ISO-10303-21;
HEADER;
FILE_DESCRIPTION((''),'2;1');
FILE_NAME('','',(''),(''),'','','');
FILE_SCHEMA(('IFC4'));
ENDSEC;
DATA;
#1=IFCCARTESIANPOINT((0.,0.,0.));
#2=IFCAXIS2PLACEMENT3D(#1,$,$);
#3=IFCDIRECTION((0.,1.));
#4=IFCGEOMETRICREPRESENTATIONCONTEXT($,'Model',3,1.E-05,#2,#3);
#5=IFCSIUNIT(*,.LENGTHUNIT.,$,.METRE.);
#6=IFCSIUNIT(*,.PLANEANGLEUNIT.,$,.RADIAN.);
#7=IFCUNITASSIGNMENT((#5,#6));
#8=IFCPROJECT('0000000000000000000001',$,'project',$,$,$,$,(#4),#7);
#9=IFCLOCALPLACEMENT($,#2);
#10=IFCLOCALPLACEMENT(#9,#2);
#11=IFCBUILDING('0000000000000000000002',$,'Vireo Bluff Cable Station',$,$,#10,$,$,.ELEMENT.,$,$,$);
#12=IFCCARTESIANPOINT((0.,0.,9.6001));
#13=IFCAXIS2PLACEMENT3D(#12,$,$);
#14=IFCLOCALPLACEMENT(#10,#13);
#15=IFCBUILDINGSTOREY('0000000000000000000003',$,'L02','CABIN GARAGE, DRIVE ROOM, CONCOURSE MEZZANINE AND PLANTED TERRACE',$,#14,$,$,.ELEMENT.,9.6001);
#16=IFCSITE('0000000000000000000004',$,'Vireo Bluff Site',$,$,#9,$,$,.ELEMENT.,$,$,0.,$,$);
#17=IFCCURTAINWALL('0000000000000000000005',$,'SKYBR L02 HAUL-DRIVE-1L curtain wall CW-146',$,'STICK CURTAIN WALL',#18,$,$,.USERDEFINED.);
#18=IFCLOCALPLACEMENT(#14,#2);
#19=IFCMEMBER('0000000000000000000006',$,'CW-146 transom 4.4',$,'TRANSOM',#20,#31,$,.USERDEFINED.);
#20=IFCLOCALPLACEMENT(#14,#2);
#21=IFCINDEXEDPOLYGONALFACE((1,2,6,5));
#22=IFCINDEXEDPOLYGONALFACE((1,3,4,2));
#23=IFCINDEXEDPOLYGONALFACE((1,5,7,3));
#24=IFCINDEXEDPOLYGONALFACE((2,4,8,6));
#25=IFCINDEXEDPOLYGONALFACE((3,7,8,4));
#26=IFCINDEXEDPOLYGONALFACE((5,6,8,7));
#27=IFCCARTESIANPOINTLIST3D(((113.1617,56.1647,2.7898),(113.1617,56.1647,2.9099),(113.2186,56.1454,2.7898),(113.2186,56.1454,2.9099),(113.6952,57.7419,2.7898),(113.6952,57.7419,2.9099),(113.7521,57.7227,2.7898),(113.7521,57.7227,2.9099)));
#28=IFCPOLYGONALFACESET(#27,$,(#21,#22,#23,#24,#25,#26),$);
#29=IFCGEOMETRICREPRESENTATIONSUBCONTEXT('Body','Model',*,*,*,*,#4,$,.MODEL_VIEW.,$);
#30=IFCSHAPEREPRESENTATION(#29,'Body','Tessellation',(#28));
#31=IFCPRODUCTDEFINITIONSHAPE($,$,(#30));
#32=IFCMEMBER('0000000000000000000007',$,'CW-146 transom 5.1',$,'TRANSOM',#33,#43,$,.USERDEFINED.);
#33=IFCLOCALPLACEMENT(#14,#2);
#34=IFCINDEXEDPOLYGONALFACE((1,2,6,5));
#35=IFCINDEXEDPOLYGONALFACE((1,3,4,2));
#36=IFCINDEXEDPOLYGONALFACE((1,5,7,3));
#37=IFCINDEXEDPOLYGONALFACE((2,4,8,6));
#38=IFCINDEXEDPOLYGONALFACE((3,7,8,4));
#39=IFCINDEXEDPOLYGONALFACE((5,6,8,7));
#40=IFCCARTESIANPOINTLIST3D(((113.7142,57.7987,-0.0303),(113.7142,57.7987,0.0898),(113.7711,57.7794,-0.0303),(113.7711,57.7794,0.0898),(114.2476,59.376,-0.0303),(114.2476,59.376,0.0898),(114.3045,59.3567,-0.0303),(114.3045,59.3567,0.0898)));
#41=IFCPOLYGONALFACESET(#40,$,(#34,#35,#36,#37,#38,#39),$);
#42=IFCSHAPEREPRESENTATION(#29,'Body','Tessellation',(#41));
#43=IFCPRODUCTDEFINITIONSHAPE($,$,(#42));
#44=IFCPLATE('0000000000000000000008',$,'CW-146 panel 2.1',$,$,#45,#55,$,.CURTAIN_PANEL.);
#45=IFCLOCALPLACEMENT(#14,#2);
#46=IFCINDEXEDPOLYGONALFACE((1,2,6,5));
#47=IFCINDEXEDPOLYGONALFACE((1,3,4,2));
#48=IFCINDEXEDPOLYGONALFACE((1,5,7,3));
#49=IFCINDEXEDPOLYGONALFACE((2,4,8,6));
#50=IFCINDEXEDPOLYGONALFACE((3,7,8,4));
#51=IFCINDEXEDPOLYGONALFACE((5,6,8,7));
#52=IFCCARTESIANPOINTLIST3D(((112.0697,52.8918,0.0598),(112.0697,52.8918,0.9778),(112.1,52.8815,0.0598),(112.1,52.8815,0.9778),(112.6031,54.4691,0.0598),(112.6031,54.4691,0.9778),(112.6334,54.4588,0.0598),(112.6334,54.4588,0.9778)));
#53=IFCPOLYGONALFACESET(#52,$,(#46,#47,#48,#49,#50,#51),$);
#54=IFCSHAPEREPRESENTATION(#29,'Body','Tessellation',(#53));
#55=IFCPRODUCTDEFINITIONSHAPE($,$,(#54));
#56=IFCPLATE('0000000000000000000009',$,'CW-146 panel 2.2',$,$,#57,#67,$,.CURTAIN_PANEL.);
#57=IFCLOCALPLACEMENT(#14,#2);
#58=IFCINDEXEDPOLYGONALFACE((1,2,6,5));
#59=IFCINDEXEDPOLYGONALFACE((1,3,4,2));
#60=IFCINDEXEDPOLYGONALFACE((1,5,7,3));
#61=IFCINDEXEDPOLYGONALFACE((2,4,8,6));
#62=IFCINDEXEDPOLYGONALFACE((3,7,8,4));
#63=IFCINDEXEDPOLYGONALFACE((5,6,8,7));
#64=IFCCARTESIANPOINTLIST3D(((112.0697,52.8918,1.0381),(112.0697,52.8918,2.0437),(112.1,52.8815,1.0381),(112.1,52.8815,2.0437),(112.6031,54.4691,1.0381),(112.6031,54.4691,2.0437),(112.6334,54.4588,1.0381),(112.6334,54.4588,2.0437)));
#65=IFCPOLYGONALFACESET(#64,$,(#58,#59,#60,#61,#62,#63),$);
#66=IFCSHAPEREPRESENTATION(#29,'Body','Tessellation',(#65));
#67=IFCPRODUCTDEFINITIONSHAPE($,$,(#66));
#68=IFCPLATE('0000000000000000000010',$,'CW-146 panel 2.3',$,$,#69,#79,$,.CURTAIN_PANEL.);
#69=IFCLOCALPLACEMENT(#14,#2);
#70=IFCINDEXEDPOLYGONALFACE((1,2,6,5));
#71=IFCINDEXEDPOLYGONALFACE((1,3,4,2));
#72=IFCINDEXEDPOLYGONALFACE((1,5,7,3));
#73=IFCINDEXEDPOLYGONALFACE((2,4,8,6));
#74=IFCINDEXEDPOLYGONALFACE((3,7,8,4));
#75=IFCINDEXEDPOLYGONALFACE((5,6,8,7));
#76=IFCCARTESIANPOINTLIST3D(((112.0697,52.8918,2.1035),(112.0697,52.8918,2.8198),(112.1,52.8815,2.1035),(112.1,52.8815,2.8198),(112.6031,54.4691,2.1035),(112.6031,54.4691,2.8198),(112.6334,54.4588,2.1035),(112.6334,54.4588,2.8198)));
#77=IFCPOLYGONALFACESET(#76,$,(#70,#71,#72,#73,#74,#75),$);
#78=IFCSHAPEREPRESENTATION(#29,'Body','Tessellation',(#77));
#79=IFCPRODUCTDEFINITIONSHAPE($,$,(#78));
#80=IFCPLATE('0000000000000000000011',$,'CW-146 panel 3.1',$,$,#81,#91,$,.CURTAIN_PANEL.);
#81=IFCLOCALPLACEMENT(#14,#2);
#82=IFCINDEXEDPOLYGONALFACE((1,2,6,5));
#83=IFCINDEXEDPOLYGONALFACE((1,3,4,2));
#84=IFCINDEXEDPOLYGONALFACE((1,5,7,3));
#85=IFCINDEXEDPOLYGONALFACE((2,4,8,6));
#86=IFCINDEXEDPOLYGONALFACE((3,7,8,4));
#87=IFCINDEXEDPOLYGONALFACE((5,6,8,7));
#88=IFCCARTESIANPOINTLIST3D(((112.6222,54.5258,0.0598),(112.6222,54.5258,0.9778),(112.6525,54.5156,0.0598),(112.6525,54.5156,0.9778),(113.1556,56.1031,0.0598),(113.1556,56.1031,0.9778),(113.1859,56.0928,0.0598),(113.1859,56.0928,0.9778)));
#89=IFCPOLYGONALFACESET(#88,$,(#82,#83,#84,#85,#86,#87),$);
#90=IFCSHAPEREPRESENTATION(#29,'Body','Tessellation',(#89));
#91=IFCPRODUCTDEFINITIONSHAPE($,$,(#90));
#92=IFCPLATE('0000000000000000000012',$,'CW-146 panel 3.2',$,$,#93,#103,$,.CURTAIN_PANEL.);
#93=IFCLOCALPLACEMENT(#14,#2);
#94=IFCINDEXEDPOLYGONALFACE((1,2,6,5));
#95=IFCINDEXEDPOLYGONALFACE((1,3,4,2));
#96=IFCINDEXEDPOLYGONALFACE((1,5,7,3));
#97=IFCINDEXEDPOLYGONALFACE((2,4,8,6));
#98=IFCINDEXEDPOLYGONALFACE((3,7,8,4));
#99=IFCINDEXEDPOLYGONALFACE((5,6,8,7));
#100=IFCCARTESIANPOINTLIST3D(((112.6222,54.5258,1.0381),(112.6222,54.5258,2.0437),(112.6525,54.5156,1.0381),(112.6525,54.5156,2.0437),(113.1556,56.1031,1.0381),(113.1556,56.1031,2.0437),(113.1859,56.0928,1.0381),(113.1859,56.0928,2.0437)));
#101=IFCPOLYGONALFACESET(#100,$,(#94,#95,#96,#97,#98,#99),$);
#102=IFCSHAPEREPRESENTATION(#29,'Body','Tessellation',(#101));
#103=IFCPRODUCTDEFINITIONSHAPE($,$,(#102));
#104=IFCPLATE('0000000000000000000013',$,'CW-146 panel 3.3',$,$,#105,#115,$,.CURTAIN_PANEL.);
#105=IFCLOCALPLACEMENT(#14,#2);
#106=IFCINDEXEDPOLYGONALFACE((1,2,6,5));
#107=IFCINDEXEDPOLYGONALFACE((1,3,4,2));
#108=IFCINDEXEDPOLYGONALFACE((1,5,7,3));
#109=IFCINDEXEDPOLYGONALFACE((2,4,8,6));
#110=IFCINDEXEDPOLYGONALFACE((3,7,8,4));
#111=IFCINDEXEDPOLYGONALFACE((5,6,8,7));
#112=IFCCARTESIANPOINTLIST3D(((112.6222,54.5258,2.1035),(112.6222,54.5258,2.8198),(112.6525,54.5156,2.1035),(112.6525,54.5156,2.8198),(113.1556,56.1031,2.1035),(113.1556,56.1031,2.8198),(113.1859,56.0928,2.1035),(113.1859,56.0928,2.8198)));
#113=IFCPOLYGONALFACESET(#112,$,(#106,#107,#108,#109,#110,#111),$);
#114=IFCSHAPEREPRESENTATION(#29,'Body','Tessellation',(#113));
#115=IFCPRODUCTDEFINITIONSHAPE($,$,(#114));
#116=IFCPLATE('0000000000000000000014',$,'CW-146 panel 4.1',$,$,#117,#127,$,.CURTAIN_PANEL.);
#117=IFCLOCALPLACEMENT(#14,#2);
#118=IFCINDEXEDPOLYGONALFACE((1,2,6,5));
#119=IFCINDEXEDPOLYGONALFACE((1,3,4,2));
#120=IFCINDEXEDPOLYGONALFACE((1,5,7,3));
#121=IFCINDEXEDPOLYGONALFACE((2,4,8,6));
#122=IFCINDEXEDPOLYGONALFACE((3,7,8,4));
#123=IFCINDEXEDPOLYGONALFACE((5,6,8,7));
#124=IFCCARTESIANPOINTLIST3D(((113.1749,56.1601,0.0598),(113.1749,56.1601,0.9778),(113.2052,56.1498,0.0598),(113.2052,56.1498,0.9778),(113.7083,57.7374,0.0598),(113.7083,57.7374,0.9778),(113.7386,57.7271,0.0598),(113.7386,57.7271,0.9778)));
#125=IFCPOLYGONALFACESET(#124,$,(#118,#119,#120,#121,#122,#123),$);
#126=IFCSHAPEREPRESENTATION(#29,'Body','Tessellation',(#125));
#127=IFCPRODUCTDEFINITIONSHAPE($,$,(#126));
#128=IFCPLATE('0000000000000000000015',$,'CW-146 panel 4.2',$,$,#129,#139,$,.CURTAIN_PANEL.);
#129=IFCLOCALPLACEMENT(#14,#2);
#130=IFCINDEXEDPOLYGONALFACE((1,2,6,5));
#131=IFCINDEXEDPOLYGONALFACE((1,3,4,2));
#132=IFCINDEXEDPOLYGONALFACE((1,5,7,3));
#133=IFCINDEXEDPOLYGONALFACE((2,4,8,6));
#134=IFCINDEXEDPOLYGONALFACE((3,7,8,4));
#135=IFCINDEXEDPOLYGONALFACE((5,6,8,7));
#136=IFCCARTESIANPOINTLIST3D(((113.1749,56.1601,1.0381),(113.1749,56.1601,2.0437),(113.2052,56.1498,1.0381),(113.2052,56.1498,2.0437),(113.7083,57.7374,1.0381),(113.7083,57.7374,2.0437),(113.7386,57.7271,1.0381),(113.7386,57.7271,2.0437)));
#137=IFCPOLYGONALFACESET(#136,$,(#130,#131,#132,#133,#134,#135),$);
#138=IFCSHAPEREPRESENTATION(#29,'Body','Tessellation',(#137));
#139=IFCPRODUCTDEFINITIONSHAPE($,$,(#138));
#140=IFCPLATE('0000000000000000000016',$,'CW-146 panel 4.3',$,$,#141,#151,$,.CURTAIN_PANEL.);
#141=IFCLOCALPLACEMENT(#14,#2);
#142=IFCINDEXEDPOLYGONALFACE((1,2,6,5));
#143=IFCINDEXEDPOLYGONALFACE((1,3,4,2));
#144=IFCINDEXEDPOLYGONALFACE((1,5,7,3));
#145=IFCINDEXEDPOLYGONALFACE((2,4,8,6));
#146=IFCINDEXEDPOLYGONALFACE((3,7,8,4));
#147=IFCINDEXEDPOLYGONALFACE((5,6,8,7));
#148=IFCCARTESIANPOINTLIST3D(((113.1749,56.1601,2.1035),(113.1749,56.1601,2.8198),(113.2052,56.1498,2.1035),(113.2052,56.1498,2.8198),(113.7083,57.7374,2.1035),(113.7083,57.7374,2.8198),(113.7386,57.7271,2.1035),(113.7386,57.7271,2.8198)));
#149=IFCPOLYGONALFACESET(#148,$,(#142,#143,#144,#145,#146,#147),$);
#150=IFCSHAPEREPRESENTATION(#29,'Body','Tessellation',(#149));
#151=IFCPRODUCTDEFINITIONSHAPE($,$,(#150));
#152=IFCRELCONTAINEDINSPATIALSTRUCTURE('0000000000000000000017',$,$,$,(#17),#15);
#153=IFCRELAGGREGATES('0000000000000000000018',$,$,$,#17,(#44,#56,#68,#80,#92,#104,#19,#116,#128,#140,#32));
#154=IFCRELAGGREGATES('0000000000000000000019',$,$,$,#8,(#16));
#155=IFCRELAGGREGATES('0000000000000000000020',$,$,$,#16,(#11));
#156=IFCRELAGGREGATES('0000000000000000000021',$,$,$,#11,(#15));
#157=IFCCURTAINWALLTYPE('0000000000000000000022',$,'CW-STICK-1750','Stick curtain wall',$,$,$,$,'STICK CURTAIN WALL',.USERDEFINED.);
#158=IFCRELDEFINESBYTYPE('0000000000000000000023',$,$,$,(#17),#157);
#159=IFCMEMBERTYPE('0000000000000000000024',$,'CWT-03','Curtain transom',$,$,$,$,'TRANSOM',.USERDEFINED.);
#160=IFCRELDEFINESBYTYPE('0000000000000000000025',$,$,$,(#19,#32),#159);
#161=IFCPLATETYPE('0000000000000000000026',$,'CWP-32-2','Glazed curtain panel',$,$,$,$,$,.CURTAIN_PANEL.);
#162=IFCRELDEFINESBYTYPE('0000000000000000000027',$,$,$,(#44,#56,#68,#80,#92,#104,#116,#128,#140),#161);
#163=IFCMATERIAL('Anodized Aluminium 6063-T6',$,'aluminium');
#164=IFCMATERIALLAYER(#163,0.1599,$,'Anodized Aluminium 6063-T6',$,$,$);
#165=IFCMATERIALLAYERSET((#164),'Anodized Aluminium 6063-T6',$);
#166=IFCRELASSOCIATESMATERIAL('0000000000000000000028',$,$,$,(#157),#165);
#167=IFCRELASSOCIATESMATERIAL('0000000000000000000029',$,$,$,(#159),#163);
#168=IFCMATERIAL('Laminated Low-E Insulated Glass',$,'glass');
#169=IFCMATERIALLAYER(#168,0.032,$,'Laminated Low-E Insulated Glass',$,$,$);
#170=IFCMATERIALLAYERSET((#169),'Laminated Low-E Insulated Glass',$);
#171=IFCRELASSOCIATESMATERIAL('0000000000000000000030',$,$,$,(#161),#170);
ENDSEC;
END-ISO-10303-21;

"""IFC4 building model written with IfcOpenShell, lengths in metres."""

from ifc_helpers import new_model, si_unit, direction, frame, origin, origin_2d, place, context, subcontext, project, spatial, rectangle, extrude, material, layer, layer_set, material_profile, profile_set, type_object, element, aggregate, save


model = new_model("IFC4")

# Units and contexts
model_context = context("Model", 3, precision=1e-05, world=origin(), true_north=direction((0.0, 1.0)))
body_context = subcontext(model_context, "Body", "Model", "MODEL_VIEW")
ifc_project = project(units=[si_unit("LENGTHUNIT", "METRE"), si_unit("PLANEANGLEUNIT", "RADIAN")], contexts=[model_context])

# Site, building, storey
site_placement = place(None, origin())
site = spatial("IfcSite", under=ifc_project, at=site_placement, Name="Vireo Bluff Site", CompositionType="ELEMENT", RefElevation=0.0)
building_placement = place(site_placement, origin())
building = spatial("IfcBuilding", under=site, at=building_placement, Name="Vireo Bluff Cable Station", CompositionType="ELEMENT")
storey_placement = place(building_placement, frame((0.0, 0.0, 9.6001)))
storey = spatial("IfcBuildingStorey", under=building, at=storey_placement, Name="L02", Description="CABIN GARAGE, DRIVE ROOM, CONCOURSE MEZZANINE AND PLANTED TERRACE", CompositionType="ELEMENT", Elevation=9.6001)

# Curtain wall, members, plates
ifc_material_1 = material(Name="Anodized Aluminium 6063-T6", Category="aluminium")
ifc_layer_1 = layer(ifc_material_1, 0.1599, Name="Anodized Aluminium 6063-T6")
ifc_layer_set_1 = layer_set([ifc_layer_1], Name="Anodized Aluminium 6063-T6")
curtain_wall_type = type_object("IfcCurtainWallType", Name="CW-STICK-1750", Description="Stick curtain wall", ElementType="STICK CURTAIN WALL", PredefinedType="USERDEFINED", material=ifc_layer_set_1)
curtain_wall_placement = place(storey_placement, origin())
curtain_wall = element("IfcCurtainWall", 1, at=curtain_wall_placement, inside=storey, type_object=curtain_wall_type, Name="SKYBR L02 HAUL-DRIVE-1L curtain wall CW-146", ObjectType="STICK CURTAIN WALL", PredefinedType="USERDEFINED")
ifc_material_profile_1 = material_profile(ifc_material_1, rectangle(XDim=0.0601, YDim=0.1201, at=origin_2d()), Name="ALU-T-60X120")
ifc_profile_set_1 = profile_set([ifc_material_profile_1], Name="Anodized Aluminium 6063-T6")
member_type_1 = type_object("IfcMemberType", Name="CWT-03", Description="Curtain transom", ElementType="TRANSOM", PredefinedType="USERDEFINED", material=ifc_profile_set_1)
member_1_placement = place(storey_placement, frame((113.1902, 56.155, 2.8499), z_axis=(0.320404, 0.947281, 0.0), x_axis=(-0.947281, 0.320404, 0.0)))
member_1 = element("IfcMember", 2, at=member_1_placement, type_object=member_type_1, Name="CW-146 transom 4.4", ObjectType="TRANSOM", PredefinedType="USERDEFINED", context=body_context, shape_type="SweptSolid", body=[
    extrude(rectangle(XDim=0.0601, YDim=0.1201, at=origin_2d()), origin(), (0.0, 0.0, 1.0), 1.665),
])
member_2_placement = place(storey_placement, frame((113.7427, 57.7891, 0.0298), z_axis=(0.320359, 0.947296, 0.0), x_axis=(-0.947296, 0.320359, 0.0)))
member_2 = element("IfcMember", 3, at=member_2_placement, type_object=member_type_1, Name="CW-146 transom 5.1", ObjectType="TRANSOM", PredefinedType="USERDEFINED", context=body_context, shape_type="SweptSolid", body=[
    extrude(rectangle(XDim=0.0601, YDim=0.1201, at=origin_2d()), origin(), (0.0, 0.0, 1.0), 1.665),
])
ifc_material_2 = material(Name="Laminated Low-E Insulated Glass", Category="glass")
ifc_layer_2 = layer(ifc_material_2, 0.032, Name="Laminated Low-E Insulated Glass")
ifc_layer_set_2 = layer_set([ifc_layer_2], Name="Laminated Low-E Insulated Glass")
plate_type = type_object("IfcPlateType", Name="CWP-32-2", Description="Glazed curtain panel", PredefinedType="CURTAIN_PANEL", material=ifc_layer_set_2)
plate_1_placement = place(storey_placement, frame((112.3516, 53.6753, 0.0598), z_axis=(0.0, 0.0, 1.0), x_axis=(0.320364, 0.947295, 0.0)))
plate_1 = element("IfcPlate", 4, at=plate_1_placement, type_object=plate_type, Name="CW-146 panel 2.1", PredefinedType="CURTAIN_PANEL", context=body_context, shape_type="SweptSolid", body=[
    extrude(rectangle(XDim=1.665, YDim=0.032, at=origin_2d()), origin(), (0.0, 0.0, 1.0), 0.918),
])
plate_2_placement = place(storey_placement, frame((112.3516, 53.6753, 1.0381), z_axis=(0.0, 0.0, 1.0), x_axis=(0.320364, 0.947295, 0.0)))
plate_2 = element("IfcPlate", 5, at=plate_2_placement, type_object=plate_type, Name="CW-146 panel 2.2", PredefinedType="CURTAIN_PANEL", context=body_context, shape_type="SweptSolid", body=[
    extrude(rectangle(XDim=1.665, YDim=0.032, at=origin_2d()), origin(), (0.0, 0.0, 1.0), 1.0056),
])
plate_3_placement = place(storey_placement, frame((112.3516, 53.6753, 2.1035), z_axis=(0.0, 0.0, 1.0), x_axis=(0.320364, 0.947295, 0.0)))
plate_3 = element("IfcPlate", 6, at=plate_3_placement, type_object=plate_type, Name="CW-146 panel 2.3", PredefinedType="CURTAIN_PANEL", context=body_context, shape_type="SweptSolid", body=[
    extrude(rectangle(XDim=1.665, YDim=0.032, at=origin_2d()), origin(), (0.0, 0.0, 1.0), 0.7163),
])
plate_4_placement = place(storey_placement, frame((112.9041, 55.3093, 0.0598), z_axis=(0.0, 0.0, 1.0), x_axis=(0.320364, 0.947295, 0.0)))
plate_4 = element("IfcPlate", 7, at=plate_4_placement, type_object=plate_type, Name="CW-146 panel 3.1", PredefinedType="CURTAIN_PANEL", context=body_context, shape_type="SweptSolid", body=[
    extrude(rectangle(XDim=1.665, YDim=0.032, at=origin_2d()), origin(), (0.0, 0.0, 1.0), 0.918),
])
plate_5_placement = place(storey_placement, frame((112.9041, 55.3093, 1.0381), z_axis=(0.0, 0.0, 1.0), x_axis=(0.320364, 0.947295, 0.0)))
plate_5 = element("IfcPlate", 8, at=plate_5_placement, type_object=plate_type, Name="CW-146 panel 3.2", PredefinedType="CURTAIN_PANEL", context=body_context, shape_type="SweptSolid", body=[
    extrude(rectangle(XDim=1.665, YDim=0.032, at=origin_2d()), origin(), (0.0, 0.0, 1.0), 1.0056),
])
plate_6_placement = place(storey_placement, frame((112.9041, 55.3093, 2.1035), z_axis=(0.0, 0.0, 1.0), x_axis=(0.320364, 0.947295, 0.0)))
plate_6 = element("IfcPlate", 9, at=plate_6_placement, type_object=plate_type, Name="CW-146 panel 3.3", PredefinedType="CURTAIN_PANEL", context=body_context, shape_type="SweptSolid", body=[
    extrude(rectangle(XDim=1.665, YDim=0.032, at=origin_2d()), origin(), (0.0, 0.0, 1.0), 0.7163),
])
plate_7_placement = place(storey_placement, frame((113.4568, 56.9436, 0.0598), z_axis=(0.0, 0.0, 1.0), x_axis=(0.320364, 0.947295, 0.0)))
plate_7 = element("IfcPlate", 10, at=plate_7_placement, type_object=plate_type, Name="CW-146 panel 4.1", PredefinedType="CURTAIN_PANEL", context=body_context, shape_type="SweptSolid", body=[
    extrude(rectangle(XDim=1.665, YDim=0.032, at=origin_2d()), origin(), (0.0, 0.0, 1.0), 0.918),
])
plate_8_placement = place(storey_placement, frame((113.4568, 56.9436, 1.0381), z_axis=(0.0, 0.0, 1.0), x_axis=(0.320364, 0.947295, 0.0)))
plate_8 = element("IfcPlate", 11, at=plate_8_placement, type_object=plate_type, Name="CW-146 panel 4.2", PredefinedType="CURTAIN_PANEL", context=body_context, shape_type="SweptSolid", body=[
    extrude(rectangle(XDim=1.665, YDim=0.032, at=origin_2d()), origin(), (0.0, 0.0, 1.0), 1.0056),
])
plate_9_placement = place(storey_placement, frame((113.4568, 56.9436, 2.1035), z_axis=(0.0, 0.0, 1.0), x_axis=(0.320364, 0.947295, 0.0)))
plate_9 = element("IfcPlate", 12, at=plate_9_placement, type_object=plate_type, Name="CW-146 panel 4.3", PredefinedType="CURTAIN_PANEL", context=body_context, shape_type="SweptSolid", body=[
    extrude(rectangle(XDim=1.665, YDim=0.032, at=origin_2d()), origin(), (0.0, 0.0, 1.0), 0.7163),
])
aggregate(curtain_wall, [plate_1, plate_2, plate_3, plate_4, plate_5, plate_6, member_1, plate_7, plate_8, plate_9, member_2])

save(model, "model.ifc")
